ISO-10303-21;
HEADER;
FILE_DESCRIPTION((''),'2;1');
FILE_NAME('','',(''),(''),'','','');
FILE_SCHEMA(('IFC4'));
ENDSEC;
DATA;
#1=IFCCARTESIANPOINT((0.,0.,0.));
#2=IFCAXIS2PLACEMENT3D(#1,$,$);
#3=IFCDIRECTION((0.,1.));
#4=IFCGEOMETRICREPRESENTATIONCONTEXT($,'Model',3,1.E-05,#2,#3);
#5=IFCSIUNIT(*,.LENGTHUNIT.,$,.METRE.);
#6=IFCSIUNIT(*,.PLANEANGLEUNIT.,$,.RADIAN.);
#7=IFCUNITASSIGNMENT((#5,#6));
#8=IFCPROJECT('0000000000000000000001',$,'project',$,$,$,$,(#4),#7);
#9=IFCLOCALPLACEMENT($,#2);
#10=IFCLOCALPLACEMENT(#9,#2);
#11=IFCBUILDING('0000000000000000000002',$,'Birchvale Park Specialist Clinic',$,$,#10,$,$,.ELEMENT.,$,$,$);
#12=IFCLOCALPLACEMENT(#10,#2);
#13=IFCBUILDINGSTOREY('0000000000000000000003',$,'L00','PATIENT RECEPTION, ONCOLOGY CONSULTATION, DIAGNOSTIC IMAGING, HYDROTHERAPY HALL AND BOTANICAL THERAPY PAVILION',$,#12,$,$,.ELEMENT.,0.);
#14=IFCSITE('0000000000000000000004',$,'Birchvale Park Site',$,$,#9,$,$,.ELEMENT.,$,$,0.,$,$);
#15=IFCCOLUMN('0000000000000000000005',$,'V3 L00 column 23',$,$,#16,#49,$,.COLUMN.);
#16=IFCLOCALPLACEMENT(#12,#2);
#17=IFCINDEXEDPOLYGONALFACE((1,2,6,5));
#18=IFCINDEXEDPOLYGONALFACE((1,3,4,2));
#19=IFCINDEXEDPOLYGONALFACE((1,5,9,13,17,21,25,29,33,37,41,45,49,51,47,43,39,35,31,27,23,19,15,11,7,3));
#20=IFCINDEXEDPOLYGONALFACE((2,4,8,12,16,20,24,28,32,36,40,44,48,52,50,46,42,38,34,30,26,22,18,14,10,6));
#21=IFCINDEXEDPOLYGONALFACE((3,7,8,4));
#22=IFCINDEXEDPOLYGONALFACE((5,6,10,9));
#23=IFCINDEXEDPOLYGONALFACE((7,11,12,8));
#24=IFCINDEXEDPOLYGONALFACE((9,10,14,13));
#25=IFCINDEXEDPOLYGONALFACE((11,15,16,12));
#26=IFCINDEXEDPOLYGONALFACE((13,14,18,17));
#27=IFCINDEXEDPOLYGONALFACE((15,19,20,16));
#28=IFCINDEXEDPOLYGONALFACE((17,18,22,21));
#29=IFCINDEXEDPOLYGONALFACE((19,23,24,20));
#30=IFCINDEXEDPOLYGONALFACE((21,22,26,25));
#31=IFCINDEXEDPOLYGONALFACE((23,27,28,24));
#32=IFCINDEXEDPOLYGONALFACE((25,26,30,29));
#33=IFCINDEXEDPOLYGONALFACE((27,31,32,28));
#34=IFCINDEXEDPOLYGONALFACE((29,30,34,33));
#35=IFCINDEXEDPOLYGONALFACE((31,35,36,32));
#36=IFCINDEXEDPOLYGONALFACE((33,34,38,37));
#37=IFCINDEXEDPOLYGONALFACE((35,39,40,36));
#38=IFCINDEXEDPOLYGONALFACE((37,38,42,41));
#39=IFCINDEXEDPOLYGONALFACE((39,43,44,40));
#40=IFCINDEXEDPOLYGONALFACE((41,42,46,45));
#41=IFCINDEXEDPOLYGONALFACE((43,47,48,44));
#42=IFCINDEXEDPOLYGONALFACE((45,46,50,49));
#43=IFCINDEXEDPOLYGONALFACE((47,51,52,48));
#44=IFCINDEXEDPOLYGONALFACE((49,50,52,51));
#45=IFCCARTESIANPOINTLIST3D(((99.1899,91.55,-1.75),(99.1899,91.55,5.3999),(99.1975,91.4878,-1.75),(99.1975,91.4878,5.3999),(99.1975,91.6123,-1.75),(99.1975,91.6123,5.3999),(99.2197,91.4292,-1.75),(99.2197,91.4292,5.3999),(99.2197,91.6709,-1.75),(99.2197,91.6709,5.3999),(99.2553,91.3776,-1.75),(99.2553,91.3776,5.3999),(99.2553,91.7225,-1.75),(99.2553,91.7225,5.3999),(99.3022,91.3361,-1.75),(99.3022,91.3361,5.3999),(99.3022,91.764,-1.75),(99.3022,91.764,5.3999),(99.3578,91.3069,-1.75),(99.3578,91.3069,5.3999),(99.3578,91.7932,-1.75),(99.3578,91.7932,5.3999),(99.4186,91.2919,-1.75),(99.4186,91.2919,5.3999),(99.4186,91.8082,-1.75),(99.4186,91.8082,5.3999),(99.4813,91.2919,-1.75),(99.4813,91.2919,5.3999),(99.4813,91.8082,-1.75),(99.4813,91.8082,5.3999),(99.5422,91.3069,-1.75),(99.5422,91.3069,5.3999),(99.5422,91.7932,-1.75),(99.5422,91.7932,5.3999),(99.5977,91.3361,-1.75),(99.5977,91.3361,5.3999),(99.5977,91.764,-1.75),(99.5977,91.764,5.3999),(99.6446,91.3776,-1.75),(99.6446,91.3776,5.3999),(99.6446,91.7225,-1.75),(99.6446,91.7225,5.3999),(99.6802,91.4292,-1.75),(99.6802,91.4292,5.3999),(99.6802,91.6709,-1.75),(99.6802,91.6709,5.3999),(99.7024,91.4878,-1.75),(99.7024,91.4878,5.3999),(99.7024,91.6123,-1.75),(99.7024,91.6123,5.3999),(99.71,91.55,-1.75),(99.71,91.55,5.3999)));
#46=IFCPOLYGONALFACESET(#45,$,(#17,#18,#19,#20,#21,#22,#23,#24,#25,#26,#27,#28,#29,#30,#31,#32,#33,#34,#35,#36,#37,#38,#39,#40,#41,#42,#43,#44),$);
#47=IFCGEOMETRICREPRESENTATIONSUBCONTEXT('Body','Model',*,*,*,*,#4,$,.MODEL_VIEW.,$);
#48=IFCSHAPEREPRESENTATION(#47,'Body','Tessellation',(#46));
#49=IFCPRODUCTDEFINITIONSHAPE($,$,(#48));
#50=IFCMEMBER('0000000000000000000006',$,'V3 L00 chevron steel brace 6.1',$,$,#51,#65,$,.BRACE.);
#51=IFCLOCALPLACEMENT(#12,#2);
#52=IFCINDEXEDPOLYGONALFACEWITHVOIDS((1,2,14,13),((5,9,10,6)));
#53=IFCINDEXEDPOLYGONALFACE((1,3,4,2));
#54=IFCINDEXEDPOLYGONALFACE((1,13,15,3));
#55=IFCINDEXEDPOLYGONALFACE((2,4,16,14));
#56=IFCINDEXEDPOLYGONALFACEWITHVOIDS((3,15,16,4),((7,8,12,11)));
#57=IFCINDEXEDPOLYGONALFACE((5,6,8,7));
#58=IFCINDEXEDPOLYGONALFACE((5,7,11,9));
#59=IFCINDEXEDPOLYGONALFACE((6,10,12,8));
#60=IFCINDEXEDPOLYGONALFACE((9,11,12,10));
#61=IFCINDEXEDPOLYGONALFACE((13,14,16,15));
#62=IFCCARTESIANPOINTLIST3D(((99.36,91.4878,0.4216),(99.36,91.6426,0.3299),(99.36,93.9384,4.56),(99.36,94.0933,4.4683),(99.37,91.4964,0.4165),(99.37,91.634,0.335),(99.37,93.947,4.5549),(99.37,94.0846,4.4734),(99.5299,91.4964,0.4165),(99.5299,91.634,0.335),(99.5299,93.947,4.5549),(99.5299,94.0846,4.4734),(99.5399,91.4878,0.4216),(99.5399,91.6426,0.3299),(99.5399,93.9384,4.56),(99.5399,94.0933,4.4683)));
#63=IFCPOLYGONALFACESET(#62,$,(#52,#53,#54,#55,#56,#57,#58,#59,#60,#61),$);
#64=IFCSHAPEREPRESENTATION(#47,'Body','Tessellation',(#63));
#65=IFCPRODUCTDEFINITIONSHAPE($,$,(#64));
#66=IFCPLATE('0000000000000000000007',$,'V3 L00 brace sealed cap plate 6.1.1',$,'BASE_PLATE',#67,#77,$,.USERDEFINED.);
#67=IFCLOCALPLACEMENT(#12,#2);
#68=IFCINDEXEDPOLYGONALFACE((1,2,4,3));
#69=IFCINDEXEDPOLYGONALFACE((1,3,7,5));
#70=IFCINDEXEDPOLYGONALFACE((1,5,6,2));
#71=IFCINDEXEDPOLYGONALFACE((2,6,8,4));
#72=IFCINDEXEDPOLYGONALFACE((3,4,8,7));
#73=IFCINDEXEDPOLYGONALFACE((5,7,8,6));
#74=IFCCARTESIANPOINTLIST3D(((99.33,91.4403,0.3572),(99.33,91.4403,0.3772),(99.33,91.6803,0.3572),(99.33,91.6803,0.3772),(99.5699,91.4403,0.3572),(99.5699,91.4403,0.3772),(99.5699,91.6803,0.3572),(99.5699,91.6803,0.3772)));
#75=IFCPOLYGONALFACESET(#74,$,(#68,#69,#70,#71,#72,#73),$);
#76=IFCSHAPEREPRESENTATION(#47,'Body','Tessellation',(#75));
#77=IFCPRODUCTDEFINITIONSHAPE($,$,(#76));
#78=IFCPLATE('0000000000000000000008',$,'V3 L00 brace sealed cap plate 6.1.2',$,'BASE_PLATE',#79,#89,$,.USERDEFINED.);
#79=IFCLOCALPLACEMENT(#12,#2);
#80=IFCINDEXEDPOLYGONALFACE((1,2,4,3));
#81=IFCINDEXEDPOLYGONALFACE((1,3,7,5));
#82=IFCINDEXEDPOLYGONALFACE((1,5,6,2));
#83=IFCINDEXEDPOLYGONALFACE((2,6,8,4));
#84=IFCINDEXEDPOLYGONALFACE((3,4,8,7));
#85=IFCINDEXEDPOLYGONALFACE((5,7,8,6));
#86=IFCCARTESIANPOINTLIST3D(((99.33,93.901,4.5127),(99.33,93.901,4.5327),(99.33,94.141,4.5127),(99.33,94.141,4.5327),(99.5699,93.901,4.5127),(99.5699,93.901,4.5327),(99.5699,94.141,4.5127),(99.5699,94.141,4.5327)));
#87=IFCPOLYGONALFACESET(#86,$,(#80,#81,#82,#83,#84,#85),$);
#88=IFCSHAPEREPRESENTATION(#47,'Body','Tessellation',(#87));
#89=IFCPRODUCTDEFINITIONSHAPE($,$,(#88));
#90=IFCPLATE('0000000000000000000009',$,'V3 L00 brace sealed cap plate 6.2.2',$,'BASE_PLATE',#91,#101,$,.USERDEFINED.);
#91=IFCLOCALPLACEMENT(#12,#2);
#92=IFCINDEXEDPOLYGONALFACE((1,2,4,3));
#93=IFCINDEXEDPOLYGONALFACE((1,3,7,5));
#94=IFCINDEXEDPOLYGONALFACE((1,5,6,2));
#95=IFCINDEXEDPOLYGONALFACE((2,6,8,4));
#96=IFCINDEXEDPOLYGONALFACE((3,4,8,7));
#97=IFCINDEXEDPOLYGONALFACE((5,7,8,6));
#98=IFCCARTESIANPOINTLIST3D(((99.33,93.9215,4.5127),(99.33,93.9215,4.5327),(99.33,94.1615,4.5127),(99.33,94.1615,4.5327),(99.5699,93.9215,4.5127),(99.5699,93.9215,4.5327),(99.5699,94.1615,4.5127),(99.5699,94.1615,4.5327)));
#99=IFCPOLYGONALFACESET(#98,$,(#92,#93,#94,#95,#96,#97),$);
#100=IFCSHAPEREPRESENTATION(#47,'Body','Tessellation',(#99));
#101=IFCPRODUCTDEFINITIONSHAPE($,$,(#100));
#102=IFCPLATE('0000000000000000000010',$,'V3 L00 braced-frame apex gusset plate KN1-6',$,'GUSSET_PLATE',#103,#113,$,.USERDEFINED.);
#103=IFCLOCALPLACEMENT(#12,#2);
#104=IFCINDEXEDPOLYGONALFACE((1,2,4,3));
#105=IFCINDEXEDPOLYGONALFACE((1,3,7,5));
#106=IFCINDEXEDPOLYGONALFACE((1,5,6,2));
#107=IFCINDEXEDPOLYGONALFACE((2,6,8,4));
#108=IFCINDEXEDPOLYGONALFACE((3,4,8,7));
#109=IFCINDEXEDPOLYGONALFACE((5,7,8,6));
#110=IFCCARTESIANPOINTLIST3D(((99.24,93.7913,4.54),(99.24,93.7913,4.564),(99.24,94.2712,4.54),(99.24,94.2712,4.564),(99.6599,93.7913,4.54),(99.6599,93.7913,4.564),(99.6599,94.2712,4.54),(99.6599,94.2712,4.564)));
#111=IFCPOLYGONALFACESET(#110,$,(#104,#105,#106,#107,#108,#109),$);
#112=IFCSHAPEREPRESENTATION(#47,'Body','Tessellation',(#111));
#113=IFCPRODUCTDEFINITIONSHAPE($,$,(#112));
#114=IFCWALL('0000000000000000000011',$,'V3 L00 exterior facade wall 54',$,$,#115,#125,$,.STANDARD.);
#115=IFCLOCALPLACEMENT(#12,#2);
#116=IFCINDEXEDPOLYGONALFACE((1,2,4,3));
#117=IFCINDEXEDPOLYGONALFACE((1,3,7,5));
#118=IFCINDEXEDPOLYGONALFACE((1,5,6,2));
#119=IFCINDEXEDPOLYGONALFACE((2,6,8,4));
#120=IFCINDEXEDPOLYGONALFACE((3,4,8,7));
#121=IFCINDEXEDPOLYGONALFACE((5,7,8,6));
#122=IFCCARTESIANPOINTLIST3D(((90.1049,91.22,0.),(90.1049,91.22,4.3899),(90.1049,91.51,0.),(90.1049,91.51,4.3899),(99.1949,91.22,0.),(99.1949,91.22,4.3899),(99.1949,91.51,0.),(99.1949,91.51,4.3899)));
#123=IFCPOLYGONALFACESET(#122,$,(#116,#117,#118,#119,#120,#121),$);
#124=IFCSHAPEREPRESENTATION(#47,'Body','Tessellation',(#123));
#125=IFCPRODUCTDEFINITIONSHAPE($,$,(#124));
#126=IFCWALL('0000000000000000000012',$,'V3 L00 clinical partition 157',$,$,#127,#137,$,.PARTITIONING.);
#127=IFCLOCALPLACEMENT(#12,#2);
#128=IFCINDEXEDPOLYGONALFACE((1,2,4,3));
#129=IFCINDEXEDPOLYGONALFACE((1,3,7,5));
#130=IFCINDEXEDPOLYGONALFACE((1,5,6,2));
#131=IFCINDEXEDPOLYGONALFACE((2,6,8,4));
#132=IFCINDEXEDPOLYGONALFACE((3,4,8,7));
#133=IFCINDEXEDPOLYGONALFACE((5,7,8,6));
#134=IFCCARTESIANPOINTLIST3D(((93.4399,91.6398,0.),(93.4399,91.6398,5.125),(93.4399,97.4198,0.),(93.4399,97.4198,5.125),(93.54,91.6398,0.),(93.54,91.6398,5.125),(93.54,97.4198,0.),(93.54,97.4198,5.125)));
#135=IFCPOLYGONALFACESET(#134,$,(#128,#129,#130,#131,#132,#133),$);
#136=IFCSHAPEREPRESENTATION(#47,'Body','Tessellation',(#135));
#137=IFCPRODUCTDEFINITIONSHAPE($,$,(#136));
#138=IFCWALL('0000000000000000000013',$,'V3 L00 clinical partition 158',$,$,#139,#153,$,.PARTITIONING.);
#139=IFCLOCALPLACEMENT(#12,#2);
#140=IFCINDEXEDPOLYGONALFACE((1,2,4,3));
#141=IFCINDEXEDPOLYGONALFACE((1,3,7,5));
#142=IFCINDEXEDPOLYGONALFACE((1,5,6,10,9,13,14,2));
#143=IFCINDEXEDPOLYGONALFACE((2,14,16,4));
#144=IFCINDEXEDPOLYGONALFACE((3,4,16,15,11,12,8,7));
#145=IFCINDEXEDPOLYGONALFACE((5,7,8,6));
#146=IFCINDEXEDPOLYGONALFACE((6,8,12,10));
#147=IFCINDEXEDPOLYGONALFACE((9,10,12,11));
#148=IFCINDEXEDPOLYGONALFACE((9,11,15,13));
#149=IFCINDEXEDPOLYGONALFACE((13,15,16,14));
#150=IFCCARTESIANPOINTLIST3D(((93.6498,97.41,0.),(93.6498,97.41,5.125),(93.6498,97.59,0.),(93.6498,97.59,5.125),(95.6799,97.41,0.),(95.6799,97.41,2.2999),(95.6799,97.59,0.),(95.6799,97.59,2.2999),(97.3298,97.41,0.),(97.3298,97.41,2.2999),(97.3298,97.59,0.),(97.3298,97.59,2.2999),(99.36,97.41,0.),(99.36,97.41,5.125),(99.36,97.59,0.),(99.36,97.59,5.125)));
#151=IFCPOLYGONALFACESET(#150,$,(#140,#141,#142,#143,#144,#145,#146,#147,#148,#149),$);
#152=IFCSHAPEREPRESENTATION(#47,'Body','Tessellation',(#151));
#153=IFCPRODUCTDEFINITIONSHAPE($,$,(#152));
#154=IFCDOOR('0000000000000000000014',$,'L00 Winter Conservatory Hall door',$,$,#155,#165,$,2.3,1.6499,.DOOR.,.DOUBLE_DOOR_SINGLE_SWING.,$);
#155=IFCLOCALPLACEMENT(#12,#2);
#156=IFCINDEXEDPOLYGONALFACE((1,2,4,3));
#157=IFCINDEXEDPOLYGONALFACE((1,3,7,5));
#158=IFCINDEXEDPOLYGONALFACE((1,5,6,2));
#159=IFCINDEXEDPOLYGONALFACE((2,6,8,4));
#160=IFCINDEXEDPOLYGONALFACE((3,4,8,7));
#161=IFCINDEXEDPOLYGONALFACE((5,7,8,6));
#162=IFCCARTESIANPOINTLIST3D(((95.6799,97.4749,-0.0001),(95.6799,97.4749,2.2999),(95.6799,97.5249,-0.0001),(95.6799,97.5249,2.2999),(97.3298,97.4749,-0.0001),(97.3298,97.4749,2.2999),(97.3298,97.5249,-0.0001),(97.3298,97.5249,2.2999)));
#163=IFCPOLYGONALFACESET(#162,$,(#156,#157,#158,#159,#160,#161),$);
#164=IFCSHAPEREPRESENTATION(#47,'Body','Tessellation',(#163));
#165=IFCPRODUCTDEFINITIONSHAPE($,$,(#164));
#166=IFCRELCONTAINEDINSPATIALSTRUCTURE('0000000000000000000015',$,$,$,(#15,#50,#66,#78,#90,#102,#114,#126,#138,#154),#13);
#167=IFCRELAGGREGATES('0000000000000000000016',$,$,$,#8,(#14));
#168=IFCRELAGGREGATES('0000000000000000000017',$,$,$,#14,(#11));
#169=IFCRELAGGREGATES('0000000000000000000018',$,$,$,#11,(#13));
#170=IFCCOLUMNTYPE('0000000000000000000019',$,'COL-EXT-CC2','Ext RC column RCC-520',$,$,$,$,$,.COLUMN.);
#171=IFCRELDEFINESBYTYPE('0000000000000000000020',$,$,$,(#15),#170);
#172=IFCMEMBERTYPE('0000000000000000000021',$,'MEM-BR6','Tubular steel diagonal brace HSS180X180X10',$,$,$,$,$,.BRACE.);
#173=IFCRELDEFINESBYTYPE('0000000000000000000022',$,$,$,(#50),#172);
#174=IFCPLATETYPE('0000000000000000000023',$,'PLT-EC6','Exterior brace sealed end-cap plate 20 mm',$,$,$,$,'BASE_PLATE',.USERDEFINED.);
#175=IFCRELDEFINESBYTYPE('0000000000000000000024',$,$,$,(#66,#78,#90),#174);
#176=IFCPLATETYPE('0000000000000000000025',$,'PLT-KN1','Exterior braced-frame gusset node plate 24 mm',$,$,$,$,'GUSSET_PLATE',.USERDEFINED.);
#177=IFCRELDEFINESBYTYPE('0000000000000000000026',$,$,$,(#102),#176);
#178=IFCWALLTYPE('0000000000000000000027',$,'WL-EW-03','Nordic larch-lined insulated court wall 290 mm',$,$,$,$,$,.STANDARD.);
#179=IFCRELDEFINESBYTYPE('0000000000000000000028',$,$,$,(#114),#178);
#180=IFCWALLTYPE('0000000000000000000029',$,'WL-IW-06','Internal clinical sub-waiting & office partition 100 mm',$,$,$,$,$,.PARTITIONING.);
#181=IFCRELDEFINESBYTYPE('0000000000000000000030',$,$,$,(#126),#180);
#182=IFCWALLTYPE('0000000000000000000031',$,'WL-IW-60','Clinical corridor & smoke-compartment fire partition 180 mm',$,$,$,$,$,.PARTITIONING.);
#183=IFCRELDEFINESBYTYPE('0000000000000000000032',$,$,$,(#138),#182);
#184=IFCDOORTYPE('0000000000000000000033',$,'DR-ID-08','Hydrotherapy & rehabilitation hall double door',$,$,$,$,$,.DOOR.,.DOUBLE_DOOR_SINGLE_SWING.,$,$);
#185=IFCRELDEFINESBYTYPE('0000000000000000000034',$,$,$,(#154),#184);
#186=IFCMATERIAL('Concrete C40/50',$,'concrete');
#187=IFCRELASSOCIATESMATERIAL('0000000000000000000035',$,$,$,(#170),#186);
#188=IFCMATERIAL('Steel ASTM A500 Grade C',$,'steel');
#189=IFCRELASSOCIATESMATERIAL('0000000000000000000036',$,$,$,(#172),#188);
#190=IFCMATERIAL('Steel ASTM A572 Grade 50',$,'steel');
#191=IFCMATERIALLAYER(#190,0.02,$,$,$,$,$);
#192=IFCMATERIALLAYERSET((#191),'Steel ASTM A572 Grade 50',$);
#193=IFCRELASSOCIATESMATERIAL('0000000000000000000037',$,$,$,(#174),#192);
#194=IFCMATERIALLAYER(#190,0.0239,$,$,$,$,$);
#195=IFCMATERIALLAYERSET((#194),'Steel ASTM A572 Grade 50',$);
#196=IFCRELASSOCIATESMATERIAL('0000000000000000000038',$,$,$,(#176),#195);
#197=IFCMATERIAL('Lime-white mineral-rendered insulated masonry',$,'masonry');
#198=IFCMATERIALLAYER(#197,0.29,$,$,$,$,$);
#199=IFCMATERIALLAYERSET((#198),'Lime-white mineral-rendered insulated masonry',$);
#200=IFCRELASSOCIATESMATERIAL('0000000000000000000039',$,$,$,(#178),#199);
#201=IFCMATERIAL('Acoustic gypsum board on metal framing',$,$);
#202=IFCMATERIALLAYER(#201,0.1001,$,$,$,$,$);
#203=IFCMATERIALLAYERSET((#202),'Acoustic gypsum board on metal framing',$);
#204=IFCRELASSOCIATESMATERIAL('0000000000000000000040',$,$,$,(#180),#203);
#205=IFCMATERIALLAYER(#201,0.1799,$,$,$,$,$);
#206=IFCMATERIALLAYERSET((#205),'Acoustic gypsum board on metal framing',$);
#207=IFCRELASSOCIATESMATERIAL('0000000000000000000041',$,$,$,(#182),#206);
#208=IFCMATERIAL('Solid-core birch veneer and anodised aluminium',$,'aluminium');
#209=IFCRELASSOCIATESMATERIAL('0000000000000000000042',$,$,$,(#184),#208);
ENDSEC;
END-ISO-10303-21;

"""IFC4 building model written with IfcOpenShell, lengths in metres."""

from ifc_helpers import new_model, si_unit, direction, frame, frame_2d, origin, origin_2d, place, context, subcontext, project, spatial, rectangle, hollow_rectangle, circle, extrude, material, layer, layer_set, material_profile, profile_set, type_object, element, fill, save


model = new_model("IFC4")

# Units and contexts
model_context = context("Model", 3, precision=1e-05, world=origin(), true_north=direction((0.0, 1.0)))
body_context = subcontext(model_context, "Body", "Model", "MODEL_VIEW")
ifc_project = project(units=[si_unit("LENGTHUNIT", "METRE"), si_unit("PLANEANGLEUNIT", "RADIAN")], contexts=[model_context])

# Site, building, storey
site_placement = place(None, origin())
site = spatial("IfcSite", under=ifc_project, at=site_placement, Name="Birchvale Park Site", CompositionType="ELEMENT", RefElevation=0.0)
building_placement = place(site_placement, origin())
building = spatial("IfcBuilding", under=site, at=building_placement, Name="Birchvale Park Specialist Clinic", CompositionType="ELEMENT")
storey_placement = place(building_placement, origin())
storey = spatial("IfcBuildingStorey", under=building, at=storey_placement, Name="L00", Description="PATIENT RECEPTION, ONCOLOGY CONSULTATION, DIAGNOSTIC IMAGING, HYDROTHERAPY HALL AND BOTANICAL THERAPY PAVILION", CompositionType="ELEMENT", Elevation=0.0)

# Shared definitions
ifc_material_1 = material(Name="Concrete C40/50", Category="concrete")

# Column
ifc_material_profile_1 = material_profile(ifc_material_1, circle(Radius=0.26, at=origin_2d()), Name="RCC-520")
ifc_profile_set_1 = profile_set([ifc_material_profile_1], Name="Concrete C40/50")
column_type = type_object("IfcColumnType", Name="COL-EXT-CC2", Description="Ext RC column RCC-520", PredefinedType="COLUMN", material=ifc_profile_set_1)
column_placement = place(storey_placement, frame((99.45, 91.55, -1.75), z_axis=(0.0, 0.0, 1.0), x_axis=(1.0, 0.0, 0.0)))
element("IfcColumn", 1, at=column_placement, inside=storey, type_object=column_type, Name="V3 L00 column 23", PredefinedType="COLUMN", context=body_context, shape_type="SweptSolid", body=[
    extrude(circle(Radius=0.26, at=origin_2d()), origin(), (0.0, 0.0, 1.0), 7.1499),
])

# Member
ifc_material_2 = material(Name="Steel ASTM A500 Grade C", Category="steel")
ifc_material_profile_2 = material_profile(ifc_material_2, hollow_rectangle(XDim=0.1799, YDim=0.1799, WallThickness=0.01, at=origin_2d()), Name="HSS180X180X10")
ifc_profile_set_2 = profile_set([ifc_material_profile_2], Name="Steel ASTM A500 Grade C")
member_type = type_object("IfcMemberType", Name="MEM-BR6", Description="Tubular steel diagonal brace HSS180X180X10", PredefinedType="BRACE", material=ifc_profile_set_2)
member_placement = place(storey_placement, frame((99.45, 91.5652, 0.3757), z_axis=(0.0, 0.509538, 0.860448), x_axis=(-1.0, 0.0, 0.0)))
element("IfcMember", 2, at=member_placement, inside=storey, type_object=member_type, Name="V3 L00 chevron steel brace 6.1", PredefinedType="BRACE", context=body_context, shape_type="SweptSolid", body=[
    extrude(hollow_rectangle(XDim=0.1799, YDim=0.1799, WallThickness=0.01, at=origin_2d()), origin(), (0.0, 0.0, 1.0), 4.8096),
])

# Plates
ifc_material_3 = material(Name="Steel ASTM A572 Grade 50", Category="steel")
ifc_layer_1 = layer(ifc_material_3, 0.02)
ifc_layer_set_1 = layer_set([ifc_layer_1], Name="Steel ASTM A572 Grade 50")
plate_type_1 = type_object("IfcPlateType", Name="PLT-EC6", Description="Exterior brace sealed end-cap plate 20 mm", ElementType="BASE_PLATE", PredefinedType="USERDEFINED", material=ifc_layer_set_1)
for number, where, z_axis, x_axis, name in (
    (3, (99.45, 91.5603, 0.3572), (0.0, 0.0, 1.0), (1.0, 0.0, 0.0), "V3 L00 brace sealed cap plate 6.1.1"),
    (4, (99.45, 94.021, 4.5127), (0.0, 0.0, 1.0), (1.0, 0.0, 0.0), "V3 L00 brace sealed cap plate 6.1.2"),
    (5, (99.45, 94.0415, 4.5127), (0.0, 0.0, 1.0), (1.0, 0.0, 0.0), "V3 L00 brace sealed cap plate 6.2.2"),
):
    element("IfcPlate", number, at=place(storey_placement, frame(where, z_axis=z_axis, x_axis=x_axis)), inside=storey, type_object=plate_type_1, Name=name, ObjectType="BASE_PLATE", PredefinedType="USERDEFINED", context=body_context, shape_type="SweptSolid", body=[
        extrude(rectangle(XDim=0.24, YDim=0.24, at=origin_2d()), origin(), (0.0, 0.0, 1.0), 0.02),
    ])
ifc_layer_2 = layer(ifc_material_3, 0.0239)
ifc_layer_set_2 = layer_set([ifc_layer_2], Name="Steel ASTM A572 Grade 50")
plate_type_2 = type_object("IfcPlateType", Name="PLT-KN1", Description="Exterior braced-frame gusset node plate 24 mm", ElementType="GUSSET_PLATE", PredefinedType="USERDEFINED", material=ifc_layer_set_2)
plate_placement = place(storey_placement, frame((99.45, 94.0312, 4.54), z_axis=(0.0, 0.0, 1.0), x_axis=(1.0, 0.0, 0.0)))
element("IfcPlate", 6, at=plate_placement, inside=storey, type_object=plate_type_2, Name="V3 L00 braced-frame apex gusset plate KN1-6", ObjectType="GUSSET_PLATE", PredefinedType="USERDEFINED", context=body_context, shape_type="SweptSolid", body=[
    extrude(rectangle(XDim=0.4199, YDim=0.48, at=origin_2d()), origin(), (0.0, 0.0, 1.0), 0.0239),
])

# Walls
ifc_material_4 = material(Name="Lime-white mineral-rendered insulated masonry", Category="masonry")
ifc_layer_3 = layer(ifc_material_4, 0.29)
ifc_layer_set_3 = layer_set([ifc_layer_3], Name="Lime-white mineral-rendered insulated masonry")
wall_type_1 = type_object("IfcWallType", Name="WL-EW-03", Description="Nordic larch-lined insulated court wall 290 mm", PredefinedType="STANDARD", material=ifc_layer_set_3)
wall_1_placement = place(storey_placement, frame((90.105, 91.365, 0.0), z_axis=(0.0, 0.0, 1.0), x_axis=(1.0, 0.0, 0.0)))
element("IfcWall", 7, at=wall_1_placement, inside=storey, type_object=wall_type_1, Name="V3 L00 exterior facade wall 54", PredefinedType="STANDARD", context=body_context, shape_type="SweptSolid", body=[
    extrude(rectangle(XDim=9.0901, YDim=0.29, at=frame_2d((4.5449, 0.0))), origin(), (0.0, 0.0, 1.0), 4.3899),
])
ifc_material_5 = material(Name="Acoustic gypsum board on metal framing")
ifc_layer_4 = layer(ifc_material_5, 0.1001)
ifc_layer_set_4 = layer_set([ifc_layer_4], Name="Acoustic gypsum board on metal framing")
wall_type_2 = type_object("IfcWallType", Name="WL-IW-06", Description="Internal clinical sub-waiting & office partition 100 mm", PredefinedType="PARTITIONING", material=ifc_layer_set_4)
wall_2_placement = place(storey_placement, frame((93.49, 97.4199, 0.0), z_axis=(0.0, 0.0, 1.0), x_axis=(0.0, -1.0, 0.0)))
element("IfcWall", 8, at=wall_2_placement, inside=storey, type_object=wall_type_2, Name="V3 L00 clinical partition 157", PredefinedType="PARTITIONING", context=body_context, shape_type="SweptSolid", body=[
    extrude(rectangle(XDim=5.78, YDim=0.1001, at=frame_2d((2.8901, 0.0))), origin(), (0.0, 0.0, 1.0), 5.125),
])

# Wall, opening, door
ifc_layer_5 = layer(ifc_material_5, 0.1799)
ifc_layer_set_5 = layer_set([ifc_layer_5], Name="Acoustic gypsum board on metal framing")
wall_type_3 = type_object("IfcWallType", Name="WL-IW-60", Description="Clinical corridor & smoke-compartment fire partition 180 mm", PredefinedType="PARTITIONING", material=ifc_layer_set_5)
wall_3_placement = place(storey_placement, frame((93.6499, 97.5, 0.0), z_axis=(0.0, 0.0, 1.0), x_axis=(1.0, 0.0, 0.0)))
wall_3 = element("IfcWall", 9, at=wall_3_placement, inside=storey, type_object=wall_type_3, Name="V3 L00 clinical partition 158", PredefinedType="PARTITIONING", context=body_context, shape_type="SweptSolid", body=[
    extrude(rectangle(XDim=5.7102, YDim=0.1799, at=frame_2d((2.855, 0.0))), origin(), (0.0, 0.0, 1.0), 5.125),
])
opening_1_placement = place(wall_3_placement, frame((2.03, 0.0, 0.0)))
opening_1 = element("IfcOpeningElement", 10, at=opening_1_placement, cuts=wall_3, PredefinedType="OPENING", context=body_context, shape_type="SweptSolid", body=[
    extrude(rectangle(XDim=1.6499, YDim=2.3, at=frame_2d((0.825, 1.1499))), frame((0.0, 0.1001, 0.0), z_axis=(0.0, -1.0, 0.0), x_axis=(1.0, 0.0, 0.0)), (0.0, 0.0, 1.0), 0.2),
])
ifc_material_6 = material(Name="Solid-core birch veneer and anodised aluminium", Category="aluminium")
door_type_1 = type_object("IfcDoorType", Name="DR-ID-08", Description="Hydrotherapy & rehabilitation hall double door", OperationType="DOUBLE_DOOR_SINGLE_SWING", PredefinedType="DOOR", material=ifc_material_6)
door_1_placement = place(opening_1_placement, origin())
door_1 = element("IfcDoor", 11, at=door_1_placement, inside=storey, type_object=door_type_1, Name="L00 Winter Conservatory Hall door", OperationType="DOUBLE_DOOR_SINGLE_SWING", OverallHeight=2.3, OverallWidth=1.6499, PredefinedType="DOOR", context=body_context, shape_type="SweptSolid", body=[
    extrude(rectangle(XDim=1.6499, YDim=2.3, at=frame_2d((0.825, 1.1499))), frame((0.0, 0.0249, 0.0), z_axis=(0.0, -1.0, 0.0), x_axis=(1.0, 0.0, 0.0)), (0.0, 0.0, 1.0), 0.05),
])
fill(opening_1, door_1)

save(model, "model.ifc")
